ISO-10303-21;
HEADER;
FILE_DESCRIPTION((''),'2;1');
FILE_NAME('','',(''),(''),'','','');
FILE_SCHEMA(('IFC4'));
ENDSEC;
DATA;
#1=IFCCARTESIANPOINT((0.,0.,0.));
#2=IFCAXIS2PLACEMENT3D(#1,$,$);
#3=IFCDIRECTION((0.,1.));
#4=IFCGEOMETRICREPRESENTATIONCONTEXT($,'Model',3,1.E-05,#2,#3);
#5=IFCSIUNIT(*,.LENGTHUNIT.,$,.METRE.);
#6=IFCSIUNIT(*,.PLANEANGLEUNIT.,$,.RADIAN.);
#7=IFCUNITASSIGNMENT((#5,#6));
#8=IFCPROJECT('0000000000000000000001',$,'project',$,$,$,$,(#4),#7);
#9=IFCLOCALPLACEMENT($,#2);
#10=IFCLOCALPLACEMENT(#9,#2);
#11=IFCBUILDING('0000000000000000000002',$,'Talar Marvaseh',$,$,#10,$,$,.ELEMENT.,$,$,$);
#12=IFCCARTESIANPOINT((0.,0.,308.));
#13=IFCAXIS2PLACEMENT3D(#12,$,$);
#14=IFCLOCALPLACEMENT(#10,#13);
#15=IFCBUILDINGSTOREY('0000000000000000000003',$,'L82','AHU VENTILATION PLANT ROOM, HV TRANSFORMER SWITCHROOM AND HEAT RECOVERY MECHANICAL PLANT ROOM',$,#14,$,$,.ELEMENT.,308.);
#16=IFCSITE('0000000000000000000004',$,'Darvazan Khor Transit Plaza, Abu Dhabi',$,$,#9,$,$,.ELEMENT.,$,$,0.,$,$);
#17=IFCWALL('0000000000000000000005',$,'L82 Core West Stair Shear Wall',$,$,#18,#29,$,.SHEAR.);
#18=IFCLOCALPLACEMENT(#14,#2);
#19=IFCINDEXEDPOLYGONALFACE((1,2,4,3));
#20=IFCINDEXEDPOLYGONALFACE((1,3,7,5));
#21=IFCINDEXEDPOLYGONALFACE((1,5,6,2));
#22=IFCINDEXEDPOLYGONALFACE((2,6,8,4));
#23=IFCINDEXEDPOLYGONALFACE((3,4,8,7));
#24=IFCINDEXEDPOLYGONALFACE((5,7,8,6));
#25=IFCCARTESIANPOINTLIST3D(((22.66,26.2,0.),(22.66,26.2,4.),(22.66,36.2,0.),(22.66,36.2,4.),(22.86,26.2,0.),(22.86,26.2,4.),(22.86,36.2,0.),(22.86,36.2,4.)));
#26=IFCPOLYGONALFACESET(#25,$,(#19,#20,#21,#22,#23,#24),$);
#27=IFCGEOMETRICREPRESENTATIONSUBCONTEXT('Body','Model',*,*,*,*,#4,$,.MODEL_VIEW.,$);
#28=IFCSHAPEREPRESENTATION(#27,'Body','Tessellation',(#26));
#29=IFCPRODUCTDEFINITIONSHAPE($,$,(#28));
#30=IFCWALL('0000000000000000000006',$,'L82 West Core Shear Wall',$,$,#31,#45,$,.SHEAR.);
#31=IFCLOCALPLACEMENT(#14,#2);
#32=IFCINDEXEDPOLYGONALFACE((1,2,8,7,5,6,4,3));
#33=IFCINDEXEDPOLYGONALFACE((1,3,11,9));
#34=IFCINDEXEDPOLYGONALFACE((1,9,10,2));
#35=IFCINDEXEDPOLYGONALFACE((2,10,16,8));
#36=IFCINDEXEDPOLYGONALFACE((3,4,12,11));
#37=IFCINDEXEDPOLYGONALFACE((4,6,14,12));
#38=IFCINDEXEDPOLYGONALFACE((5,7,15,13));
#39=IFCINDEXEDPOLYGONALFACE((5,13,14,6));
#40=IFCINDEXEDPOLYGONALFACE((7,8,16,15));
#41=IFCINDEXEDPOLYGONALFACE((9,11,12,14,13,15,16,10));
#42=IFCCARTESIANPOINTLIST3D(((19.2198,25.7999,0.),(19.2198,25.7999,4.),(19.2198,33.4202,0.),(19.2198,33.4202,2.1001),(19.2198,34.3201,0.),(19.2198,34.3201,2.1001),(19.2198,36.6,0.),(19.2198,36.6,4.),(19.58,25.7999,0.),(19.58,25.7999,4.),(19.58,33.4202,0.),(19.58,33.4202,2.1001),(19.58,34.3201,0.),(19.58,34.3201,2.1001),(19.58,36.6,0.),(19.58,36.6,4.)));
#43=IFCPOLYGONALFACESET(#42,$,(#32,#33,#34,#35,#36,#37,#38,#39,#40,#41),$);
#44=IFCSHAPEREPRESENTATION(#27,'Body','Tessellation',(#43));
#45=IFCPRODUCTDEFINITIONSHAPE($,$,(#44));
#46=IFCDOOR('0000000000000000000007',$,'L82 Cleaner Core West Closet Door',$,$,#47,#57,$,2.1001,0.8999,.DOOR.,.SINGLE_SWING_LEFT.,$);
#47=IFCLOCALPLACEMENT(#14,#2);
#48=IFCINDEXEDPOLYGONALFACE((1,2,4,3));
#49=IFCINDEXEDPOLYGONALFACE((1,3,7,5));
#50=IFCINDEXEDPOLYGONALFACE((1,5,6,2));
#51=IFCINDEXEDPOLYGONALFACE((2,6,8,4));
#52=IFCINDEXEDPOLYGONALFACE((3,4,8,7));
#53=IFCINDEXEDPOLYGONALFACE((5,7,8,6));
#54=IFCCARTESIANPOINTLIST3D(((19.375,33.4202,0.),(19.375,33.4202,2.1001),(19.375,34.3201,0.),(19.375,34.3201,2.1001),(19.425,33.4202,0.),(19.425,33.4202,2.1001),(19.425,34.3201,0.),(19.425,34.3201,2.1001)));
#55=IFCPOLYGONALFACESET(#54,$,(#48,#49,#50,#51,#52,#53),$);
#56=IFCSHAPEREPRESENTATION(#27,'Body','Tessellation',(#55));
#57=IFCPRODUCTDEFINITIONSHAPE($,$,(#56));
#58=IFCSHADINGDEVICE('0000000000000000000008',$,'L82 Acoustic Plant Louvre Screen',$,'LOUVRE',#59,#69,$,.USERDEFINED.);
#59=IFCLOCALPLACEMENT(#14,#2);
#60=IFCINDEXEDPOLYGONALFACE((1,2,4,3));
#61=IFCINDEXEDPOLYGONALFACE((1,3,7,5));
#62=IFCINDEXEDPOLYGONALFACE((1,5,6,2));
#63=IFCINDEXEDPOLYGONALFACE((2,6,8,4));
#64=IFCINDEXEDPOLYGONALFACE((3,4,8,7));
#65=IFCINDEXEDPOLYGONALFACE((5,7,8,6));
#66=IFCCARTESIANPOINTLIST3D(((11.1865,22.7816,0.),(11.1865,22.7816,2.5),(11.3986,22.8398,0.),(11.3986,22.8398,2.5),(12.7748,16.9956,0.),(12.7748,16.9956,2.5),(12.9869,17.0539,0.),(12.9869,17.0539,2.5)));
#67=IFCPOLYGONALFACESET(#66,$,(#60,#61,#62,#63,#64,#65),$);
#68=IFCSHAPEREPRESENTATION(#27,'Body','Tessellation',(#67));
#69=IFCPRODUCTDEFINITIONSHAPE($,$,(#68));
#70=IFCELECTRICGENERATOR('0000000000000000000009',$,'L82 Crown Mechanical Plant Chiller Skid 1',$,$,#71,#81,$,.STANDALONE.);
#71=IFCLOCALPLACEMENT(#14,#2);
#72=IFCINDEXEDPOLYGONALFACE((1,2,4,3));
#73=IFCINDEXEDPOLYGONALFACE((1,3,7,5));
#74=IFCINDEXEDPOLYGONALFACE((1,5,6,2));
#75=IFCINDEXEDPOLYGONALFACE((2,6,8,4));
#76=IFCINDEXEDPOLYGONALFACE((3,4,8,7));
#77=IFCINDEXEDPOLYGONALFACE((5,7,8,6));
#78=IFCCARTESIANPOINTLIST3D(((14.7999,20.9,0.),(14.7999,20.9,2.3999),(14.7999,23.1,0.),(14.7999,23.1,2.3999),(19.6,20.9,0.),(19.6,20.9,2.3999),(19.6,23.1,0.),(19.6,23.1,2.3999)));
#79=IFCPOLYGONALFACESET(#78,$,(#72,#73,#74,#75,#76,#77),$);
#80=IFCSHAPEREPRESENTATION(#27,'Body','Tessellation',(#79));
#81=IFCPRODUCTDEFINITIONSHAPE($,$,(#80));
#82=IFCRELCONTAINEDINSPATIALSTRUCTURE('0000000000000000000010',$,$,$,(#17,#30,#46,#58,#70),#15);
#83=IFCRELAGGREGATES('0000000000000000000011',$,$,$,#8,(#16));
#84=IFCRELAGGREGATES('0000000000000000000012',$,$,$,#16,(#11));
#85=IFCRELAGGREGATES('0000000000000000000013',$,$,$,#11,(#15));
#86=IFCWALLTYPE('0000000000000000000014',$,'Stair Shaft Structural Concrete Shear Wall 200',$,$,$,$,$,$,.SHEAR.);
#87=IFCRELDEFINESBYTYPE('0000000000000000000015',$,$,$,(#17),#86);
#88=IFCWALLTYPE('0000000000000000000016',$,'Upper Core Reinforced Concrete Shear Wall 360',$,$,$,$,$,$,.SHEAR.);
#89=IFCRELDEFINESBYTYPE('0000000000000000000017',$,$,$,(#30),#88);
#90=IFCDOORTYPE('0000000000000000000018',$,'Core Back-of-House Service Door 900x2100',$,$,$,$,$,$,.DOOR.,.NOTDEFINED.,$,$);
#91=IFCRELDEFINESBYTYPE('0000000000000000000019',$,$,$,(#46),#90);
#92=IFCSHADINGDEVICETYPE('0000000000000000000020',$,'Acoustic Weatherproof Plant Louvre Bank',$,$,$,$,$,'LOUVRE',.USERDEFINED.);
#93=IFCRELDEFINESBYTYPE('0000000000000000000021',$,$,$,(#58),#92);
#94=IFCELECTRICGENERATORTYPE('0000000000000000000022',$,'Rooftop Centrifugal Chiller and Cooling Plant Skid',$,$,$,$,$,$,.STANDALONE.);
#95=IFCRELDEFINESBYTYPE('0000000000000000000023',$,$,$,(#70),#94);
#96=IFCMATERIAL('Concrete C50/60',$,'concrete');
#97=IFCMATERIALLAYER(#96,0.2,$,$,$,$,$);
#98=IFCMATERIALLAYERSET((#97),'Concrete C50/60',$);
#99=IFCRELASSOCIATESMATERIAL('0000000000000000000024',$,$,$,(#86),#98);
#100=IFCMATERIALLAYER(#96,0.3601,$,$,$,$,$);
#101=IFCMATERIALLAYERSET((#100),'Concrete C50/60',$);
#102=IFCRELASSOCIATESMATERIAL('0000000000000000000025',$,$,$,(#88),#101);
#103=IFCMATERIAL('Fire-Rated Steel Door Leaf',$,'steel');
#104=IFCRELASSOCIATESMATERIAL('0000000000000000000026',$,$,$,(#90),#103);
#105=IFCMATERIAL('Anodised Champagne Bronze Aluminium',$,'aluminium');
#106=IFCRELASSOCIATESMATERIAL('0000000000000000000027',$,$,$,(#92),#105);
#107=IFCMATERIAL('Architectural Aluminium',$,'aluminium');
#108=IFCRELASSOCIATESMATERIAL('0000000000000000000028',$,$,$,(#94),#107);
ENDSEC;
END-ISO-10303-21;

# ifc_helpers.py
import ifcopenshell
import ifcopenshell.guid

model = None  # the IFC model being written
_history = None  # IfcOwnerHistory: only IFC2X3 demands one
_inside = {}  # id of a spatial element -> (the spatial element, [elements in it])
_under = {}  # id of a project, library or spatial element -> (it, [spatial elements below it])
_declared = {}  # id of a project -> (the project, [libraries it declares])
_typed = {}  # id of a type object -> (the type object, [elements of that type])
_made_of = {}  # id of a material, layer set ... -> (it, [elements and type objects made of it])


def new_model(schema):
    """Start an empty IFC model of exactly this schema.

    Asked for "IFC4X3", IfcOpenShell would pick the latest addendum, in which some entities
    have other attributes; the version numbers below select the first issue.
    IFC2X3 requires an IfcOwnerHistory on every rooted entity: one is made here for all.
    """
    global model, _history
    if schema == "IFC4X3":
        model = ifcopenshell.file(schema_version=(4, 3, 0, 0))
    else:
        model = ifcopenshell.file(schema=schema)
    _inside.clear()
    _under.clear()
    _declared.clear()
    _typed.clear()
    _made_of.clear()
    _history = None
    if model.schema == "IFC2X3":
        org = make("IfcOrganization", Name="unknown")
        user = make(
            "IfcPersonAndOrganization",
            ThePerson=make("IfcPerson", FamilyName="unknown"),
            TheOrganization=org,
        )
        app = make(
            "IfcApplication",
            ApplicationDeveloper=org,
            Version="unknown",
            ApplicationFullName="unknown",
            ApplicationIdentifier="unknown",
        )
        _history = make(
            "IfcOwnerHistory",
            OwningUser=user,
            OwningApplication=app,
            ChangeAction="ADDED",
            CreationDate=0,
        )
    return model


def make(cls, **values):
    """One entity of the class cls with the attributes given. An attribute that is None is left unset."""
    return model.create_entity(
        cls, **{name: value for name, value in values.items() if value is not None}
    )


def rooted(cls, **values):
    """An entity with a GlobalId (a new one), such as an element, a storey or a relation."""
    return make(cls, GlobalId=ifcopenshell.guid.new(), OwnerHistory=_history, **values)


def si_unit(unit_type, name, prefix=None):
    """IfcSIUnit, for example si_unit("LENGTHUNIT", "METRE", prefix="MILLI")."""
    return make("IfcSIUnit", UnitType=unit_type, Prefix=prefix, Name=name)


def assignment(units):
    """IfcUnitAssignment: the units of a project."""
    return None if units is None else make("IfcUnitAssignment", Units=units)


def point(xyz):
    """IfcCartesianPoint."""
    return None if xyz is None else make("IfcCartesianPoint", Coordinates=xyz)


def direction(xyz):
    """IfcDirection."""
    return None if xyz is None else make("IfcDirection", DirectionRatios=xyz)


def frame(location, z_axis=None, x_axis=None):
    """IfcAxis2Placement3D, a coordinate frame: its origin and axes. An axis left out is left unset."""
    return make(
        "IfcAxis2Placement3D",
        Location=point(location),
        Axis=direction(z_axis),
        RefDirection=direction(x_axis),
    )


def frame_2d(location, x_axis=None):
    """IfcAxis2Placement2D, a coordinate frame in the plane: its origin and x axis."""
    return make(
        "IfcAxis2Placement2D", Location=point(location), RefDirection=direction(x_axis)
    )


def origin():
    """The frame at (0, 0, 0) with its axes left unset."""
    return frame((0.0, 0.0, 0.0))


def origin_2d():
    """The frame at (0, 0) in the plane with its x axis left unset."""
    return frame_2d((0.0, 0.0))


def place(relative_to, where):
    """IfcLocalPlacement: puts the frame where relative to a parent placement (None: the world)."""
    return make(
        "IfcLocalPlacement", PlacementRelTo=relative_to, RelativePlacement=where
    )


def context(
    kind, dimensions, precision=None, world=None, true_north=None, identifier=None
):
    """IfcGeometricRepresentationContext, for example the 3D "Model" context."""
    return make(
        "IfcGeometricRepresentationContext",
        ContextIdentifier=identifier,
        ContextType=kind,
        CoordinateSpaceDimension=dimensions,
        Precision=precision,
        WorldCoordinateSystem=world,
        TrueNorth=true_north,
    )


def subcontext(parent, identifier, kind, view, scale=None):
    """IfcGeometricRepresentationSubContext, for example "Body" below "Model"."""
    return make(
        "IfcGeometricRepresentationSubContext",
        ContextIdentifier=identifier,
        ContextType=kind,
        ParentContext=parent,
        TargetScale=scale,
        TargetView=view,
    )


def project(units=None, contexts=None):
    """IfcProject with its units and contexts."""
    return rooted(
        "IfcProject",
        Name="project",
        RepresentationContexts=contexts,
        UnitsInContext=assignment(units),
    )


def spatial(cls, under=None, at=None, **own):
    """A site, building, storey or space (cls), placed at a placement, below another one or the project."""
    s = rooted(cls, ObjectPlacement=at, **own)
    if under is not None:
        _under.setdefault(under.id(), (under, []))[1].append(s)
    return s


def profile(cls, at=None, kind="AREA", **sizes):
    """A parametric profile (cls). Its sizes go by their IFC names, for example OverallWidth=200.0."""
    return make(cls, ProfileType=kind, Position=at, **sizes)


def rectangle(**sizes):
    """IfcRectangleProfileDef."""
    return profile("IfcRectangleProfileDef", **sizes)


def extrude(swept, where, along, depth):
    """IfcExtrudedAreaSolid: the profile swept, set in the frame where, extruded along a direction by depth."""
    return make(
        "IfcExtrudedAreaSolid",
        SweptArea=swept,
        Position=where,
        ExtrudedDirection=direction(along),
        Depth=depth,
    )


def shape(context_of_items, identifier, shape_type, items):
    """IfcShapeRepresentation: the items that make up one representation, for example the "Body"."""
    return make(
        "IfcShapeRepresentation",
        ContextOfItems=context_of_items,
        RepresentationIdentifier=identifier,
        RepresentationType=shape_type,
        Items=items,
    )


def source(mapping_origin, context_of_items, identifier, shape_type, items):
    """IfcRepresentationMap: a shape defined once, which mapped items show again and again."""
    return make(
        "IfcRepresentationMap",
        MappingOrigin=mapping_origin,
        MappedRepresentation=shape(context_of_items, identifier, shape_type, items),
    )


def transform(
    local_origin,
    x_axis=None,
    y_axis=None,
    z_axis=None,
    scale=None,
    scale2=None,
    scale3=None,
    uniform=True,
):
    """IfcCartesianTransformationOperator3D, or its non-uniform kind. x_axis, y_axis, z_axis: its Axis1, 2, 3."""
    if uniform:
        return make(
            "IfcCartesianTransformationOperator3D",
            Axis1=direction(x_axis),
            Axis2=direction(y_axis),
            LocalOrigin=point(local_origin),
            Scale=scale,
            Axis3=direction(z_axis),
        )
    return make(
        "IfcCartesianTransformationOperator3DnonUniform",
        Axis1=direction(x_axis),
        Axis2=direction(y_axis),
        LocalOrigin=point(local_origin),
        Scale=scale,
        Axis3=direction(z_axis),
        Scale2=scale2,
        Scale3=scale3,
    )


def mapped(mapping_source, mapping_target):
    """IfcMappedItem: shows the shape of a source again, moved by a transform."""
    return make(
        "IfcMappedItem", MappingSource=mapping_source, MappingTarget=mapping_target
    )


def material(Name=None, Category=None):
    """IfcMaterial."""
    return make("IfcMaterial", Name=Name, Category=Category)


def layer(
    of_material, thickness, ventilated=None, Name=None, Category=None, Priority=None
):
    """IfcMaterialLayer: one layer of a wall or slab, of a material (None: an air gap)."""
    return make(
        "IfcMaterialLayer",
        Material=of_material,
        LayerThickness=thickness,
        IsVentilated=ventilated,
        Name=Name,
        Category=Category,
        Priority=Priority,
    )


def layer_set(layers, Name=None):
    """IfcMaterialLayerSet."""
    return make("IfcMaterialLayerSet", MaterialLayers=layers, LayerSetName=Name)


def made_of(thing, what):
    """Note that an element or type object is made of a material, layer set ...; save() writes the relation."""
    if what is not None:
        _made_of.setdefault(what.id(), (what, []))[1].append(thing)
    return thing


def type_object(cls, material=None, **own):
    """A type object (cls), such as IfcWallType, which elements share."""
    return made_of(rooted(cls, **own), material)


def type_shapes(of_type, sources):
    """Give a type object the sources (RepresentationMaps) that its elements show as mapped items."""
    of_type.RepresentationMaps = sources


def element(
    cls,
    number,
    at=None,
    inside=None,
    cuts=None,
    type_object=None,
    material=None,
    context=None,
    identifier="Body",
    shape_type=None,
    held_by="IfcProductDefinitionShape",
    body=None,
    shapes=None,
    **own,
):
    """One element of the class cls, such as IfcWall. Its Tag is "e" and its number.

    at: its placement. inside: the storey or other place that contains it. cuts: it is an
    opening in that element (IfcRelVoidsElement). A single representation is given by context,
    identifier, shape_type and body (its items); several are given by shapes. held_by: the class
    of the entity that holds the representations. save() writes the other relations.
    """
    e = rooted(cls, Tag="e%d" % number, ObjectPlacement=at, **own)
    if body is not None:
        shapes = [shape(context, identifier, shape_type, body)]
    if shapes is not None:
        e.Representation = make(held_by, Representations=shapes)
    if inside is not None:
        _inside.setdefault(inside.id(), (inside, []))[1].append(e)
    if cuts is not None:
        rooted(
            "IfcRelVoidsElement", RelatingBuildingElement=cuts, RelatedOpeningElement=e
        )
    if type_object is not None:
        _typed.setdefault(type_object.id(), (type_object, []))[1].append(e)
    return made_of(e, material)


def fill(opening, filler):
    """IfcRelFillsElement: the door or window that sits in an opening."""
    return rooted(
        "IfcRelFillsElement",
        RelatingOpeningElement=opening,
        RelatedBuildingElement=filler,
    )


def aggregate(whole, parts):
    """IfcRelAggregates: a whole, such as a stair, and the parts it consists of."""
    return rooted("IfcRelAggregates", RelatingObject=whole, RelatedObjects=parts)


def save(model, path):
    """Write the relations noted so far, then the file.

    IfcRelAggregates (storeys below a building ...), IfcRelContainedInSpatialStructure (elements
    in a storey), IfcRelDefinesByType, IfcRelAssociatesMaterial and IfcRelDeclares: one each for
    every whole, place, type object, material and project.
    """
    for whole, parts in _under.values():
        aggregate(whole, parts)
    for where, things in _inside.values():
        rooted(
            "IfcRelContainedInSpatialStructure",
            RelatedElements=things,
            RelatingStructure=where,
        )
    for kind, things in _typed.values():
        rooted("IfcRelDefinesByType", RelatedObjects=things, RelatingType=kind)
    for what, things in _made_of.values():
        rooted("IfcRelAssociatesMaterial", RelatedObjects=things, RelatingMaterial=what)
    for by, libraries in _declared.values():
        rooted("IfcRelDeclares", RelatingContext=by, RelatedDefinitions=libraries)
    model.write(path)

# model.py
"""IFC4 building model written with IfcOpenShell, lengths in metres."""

from ifc_helpers import new_model, si_unit, direction, frame, frame_2d, origin, origin_2d, place, context, subcontext, project, spatial, rectangle, extrude, source, transform, mapped, material, layer, layer_set, type_object, type_shapes, element, fill, save


model = new_model("IFC4")

# Units and contexts
model_context = context("Model", 3, precision=1e-05, world=origin(), true_north=direction((0.0, 1.0)))
body_context = subcontext(model_context, "Body", "Model", "MODEL_VIEW")
ifc_project = project(units=[si_unit("LENGTHUNIT", "METRE"), si_unit("PLANEANGLEUNIT", "RADIAN")], contexts=[model_context])

# Site, building, storey
site_placement = place(None, origin())
site = spatial("IfcSite", under=ifc_project, at=site_placement, Name="Darvazan Khor Transit Plaza, Abu Dhabi", CompositionType="ELEMENT", RefElevation=0.0)
building_placement = place(site_placement, origin())
building = spatial("IfcBuilding", under=site, at=building_placement, Name="Talar Marvaseh", CompositionType="ELEMENT")
storey_placement = place(building_placement, frame((0.0, 0.0, 308.0)))
storey = spatial("IfcBuildingStorey", under=building, at=storey_placement, Name="L82", Description="AHU VENTILATION PLANT ROOM, HV TRANSFORMER SWITCHROOM AND HEAT RECOVERY MECHANICAL PLANT ROOM", CompositionType="ELEMENT", Elevation=308.0)

# Shared definitions
ifc_material_1 = material(Name="Concrete C50/60", Category="concrete")

# Shared definitions
ifc_material_2 = material(Name="Architectural Aluminium", Category="aluminium")

# Wall
ifc_layer_1 = layer(ifc_material_1, 0.2)
ifc_layer_set_1 = layer_set([ifc_layer_1], Name="Concrete C50/60")
wall_type_1 = type_object("IfcWallType", Name="Stair Shaft Structural Concrete Shear Wall 200", PredefinedType="SHEAR", material=ifc_layer_set_1)
wall_1_placement = place(storey_placement, frame((22.76, 26.2, 0.0), z_axis=(0.0, 0.0, 1.0), x_axis=(0.0, 1.0, 0.0)))
element("IfcWall", 1, at=wall_1_placement, inside=storey, type_object=wall_type_1, Name="L82 Core West Stair Shear Wall", PredefinedType="SHEAR", context=body_context, shape_type="SweptSolid", body=[
    extrude(rectangle(XDim=10.0, YDim=0.2, at=frame_2d((5.0, 0.0))), origin(), (0.0, 0.0, 1.0), 4.0),
])

# Wall, opening, door
ifc_layer_2 = layer(ifc_material_1, 0.3601)
ifc_layer_set_2 = layer_set([ifc_layer_2], Name="Concrete C50/60")
wall_type_2 = type_object("IfcWallType", Name="Upper Core Reinforced Concrete Shear Wall 360", PredefinedType="SHEAR", material=ifc_layer_set_2)
wall_2_placement = place(storey_placement, frame((19.3999, 25.8, 0.0), z_axis=(0.0, 0.0, 1.0), x_axis=(0.0, 1.0, 0.0)))
wall_2 = element("IfcWall", 2, at=wall_2_placement, inside=storey, type_object=wall_type_2, Name="L82 West Core Shear Wall", PredefinedType="SHEAR", context=body_context, shape_type="SweptSolid", body=[
    extrude(rectangle(XDim=10.8, YDim=0.3601, at=frame_2d((5.3999, 0.0))), origin(), (0.0, 0.0, 1.0), 4.0),
])
opening_1_placement = place(wall_2_placement, frame((7.6201, 0.0, 0.0)))
opening_1 = element("IfcOpeningElement", 3, at=opening_1_placement, cuts=wall_2, PredefinedType="OPENING", context=body_context, shape_type="SweptSolid", body=[
    extrude(rectangle(XDim=0.8999, YDim=2.1001, at=frame_2d((0.45, 1.05))), frame((0.0, 0.1899, 0.0), z_axis=(0.0, -1.0, 0.0), x_axis=(1.0, 0.0, 0.0)), (0.0, 0.0, 1.0), 0.3801),
])
ifc_material_3 = material(Name="Fire-Rated Steel Door Leaf", Category="steel")
door_type_1 = type_object("IfcDoorType", Name="Core Back-of-House Service Door 900x2100", OperationType="NOTDEFINED", PredefinedType="DOOR", material=ifc_material_3)
shared_shape_1 = source(origin(), body_context, "Body", "SweptSolid", [
    extrude(rectangle(XDim=0.8999, YDim=2.1001, at=frame_2d((0.45, 1.05))), frame((0.0, 0.0249, 0.0), z_axis=(0.0, -1.0, 0.0), x_axis=(1.0, 0.0, 0.0)), (0.0, 0.0, 1.0), 0.05),
])
type_shapes(door_type_1, [shared_shape_1])
door_1_placement = place(opening_1_placement, origin())
door_1 = element("IfcDoor", 4, at=door_1_placement, inside=storey, type_object=door_type_1, Name="L82 Cleaner Core West Closet Door", OperationType="SINGLE_SWING_LEFT", OverallHeight=2.1001, OverallWidth=0.8999, PredefinedType="DOOR", context=body_context, shape_type="MappedRepresentation", body=[
    mapped(shared_shape_1, transform((0.0, 0.0, 0.0), x_axis=(1.0, 0.0, 0.0), y_axis=(0.0, 1.0, 0.0), z_axis=(0.0, 0.0, 1.0), scale=1.0)),
])
fill(opening_1, door_1)

# Shading device
ifc_material_4 = material(Name="Anodised Champagne Bronze Aluminium", Category="aluminium")
shading_device_type = type_object("IfcShadingDeviceType", Name="Acoustic Weatherproof Plant Louvre Bank", ElementType="LOUVRE", PredefinedType="USERDEFINED", material=ifc_material_4)
shared_shape_2 = source(origin(), body_context, "Body", "SweptSolid", [
    extrude(rectangle(XDim=6.0, YDim=0.22, at=origin_2d()), origin(), (0.0, 0.0, 1.0), 2.5),
])
type_shapes(shading_device_type, [shared_shape_2])
shading_device_placement = place(storey_placement, frame((12.0867, 19.9177, 0.0), z_axis=(0.0, 0.0, 1.0), x_axis=(-0.264715, 0.964327, 0.0)))
element("IfcShadingDevice", 5, at=shading_device_placement, inside=storey, type_object=shading_device_type, Name="L82 Acoustic Plant Louvre Screen", ObjectType="LOUVRE", PredefinedType="USERDEFINED", context=body_context, shape_type="MappedRepresentation", body=[
    mapped(shared_shape_2, transform((0.0, 0.0, 0.0), x_axis=(1.0, 0.0, 0.0), y_axis=(0.0, 1.0, 0.0), z_axis=(0.0, 0.0, 1.0), scale=1.0)),
])

# Electric generator
electric_generator_type = type_object("IfcElectricGeneratorType", Name="Rooftop Centrifugal Chiller and Cooling Plant Skid", PredefinedType="STANDALONE", material=ifc_material_2)
shared_shape_3 = source(origin(), body_context, "Body", "SweptSolid", [
    extrude(rectangle(XDim=4.8, YDim=2.2, at=origin_2d()), origin(), (0.0, 0.0, 1.0), 2.3999),
])
type_shapes(electric_generator_type, [shared_shape_3])
electric_generator_placement = place(storey_placement, frame((17.2, 22.0, 0.0), z_axis=(0.0, 0.0, 1.0), x_axis=(1.0, 0.0, 0.0)))
element("IfcElectricGenerator", 6, at=electric_generator_placement, inside=storey, type_object=electric_generator_type, Name="L82 Crown Mechanical Plant Chiller Skid 1", PredefinedType="STANDALONE", context=body_context, shape_type="MappedRepresentation", body=[
    mapped(shared_shape_3, transform((0.0, 0.0, 0.0), x_axis=(1.0, 0.0, 0.0), y_axis=(0.0, 1.0, 0.0), z_axis=(0.0, 0.0, 1.0), scale=1.0)),
])

save(model, "model.ifc")
